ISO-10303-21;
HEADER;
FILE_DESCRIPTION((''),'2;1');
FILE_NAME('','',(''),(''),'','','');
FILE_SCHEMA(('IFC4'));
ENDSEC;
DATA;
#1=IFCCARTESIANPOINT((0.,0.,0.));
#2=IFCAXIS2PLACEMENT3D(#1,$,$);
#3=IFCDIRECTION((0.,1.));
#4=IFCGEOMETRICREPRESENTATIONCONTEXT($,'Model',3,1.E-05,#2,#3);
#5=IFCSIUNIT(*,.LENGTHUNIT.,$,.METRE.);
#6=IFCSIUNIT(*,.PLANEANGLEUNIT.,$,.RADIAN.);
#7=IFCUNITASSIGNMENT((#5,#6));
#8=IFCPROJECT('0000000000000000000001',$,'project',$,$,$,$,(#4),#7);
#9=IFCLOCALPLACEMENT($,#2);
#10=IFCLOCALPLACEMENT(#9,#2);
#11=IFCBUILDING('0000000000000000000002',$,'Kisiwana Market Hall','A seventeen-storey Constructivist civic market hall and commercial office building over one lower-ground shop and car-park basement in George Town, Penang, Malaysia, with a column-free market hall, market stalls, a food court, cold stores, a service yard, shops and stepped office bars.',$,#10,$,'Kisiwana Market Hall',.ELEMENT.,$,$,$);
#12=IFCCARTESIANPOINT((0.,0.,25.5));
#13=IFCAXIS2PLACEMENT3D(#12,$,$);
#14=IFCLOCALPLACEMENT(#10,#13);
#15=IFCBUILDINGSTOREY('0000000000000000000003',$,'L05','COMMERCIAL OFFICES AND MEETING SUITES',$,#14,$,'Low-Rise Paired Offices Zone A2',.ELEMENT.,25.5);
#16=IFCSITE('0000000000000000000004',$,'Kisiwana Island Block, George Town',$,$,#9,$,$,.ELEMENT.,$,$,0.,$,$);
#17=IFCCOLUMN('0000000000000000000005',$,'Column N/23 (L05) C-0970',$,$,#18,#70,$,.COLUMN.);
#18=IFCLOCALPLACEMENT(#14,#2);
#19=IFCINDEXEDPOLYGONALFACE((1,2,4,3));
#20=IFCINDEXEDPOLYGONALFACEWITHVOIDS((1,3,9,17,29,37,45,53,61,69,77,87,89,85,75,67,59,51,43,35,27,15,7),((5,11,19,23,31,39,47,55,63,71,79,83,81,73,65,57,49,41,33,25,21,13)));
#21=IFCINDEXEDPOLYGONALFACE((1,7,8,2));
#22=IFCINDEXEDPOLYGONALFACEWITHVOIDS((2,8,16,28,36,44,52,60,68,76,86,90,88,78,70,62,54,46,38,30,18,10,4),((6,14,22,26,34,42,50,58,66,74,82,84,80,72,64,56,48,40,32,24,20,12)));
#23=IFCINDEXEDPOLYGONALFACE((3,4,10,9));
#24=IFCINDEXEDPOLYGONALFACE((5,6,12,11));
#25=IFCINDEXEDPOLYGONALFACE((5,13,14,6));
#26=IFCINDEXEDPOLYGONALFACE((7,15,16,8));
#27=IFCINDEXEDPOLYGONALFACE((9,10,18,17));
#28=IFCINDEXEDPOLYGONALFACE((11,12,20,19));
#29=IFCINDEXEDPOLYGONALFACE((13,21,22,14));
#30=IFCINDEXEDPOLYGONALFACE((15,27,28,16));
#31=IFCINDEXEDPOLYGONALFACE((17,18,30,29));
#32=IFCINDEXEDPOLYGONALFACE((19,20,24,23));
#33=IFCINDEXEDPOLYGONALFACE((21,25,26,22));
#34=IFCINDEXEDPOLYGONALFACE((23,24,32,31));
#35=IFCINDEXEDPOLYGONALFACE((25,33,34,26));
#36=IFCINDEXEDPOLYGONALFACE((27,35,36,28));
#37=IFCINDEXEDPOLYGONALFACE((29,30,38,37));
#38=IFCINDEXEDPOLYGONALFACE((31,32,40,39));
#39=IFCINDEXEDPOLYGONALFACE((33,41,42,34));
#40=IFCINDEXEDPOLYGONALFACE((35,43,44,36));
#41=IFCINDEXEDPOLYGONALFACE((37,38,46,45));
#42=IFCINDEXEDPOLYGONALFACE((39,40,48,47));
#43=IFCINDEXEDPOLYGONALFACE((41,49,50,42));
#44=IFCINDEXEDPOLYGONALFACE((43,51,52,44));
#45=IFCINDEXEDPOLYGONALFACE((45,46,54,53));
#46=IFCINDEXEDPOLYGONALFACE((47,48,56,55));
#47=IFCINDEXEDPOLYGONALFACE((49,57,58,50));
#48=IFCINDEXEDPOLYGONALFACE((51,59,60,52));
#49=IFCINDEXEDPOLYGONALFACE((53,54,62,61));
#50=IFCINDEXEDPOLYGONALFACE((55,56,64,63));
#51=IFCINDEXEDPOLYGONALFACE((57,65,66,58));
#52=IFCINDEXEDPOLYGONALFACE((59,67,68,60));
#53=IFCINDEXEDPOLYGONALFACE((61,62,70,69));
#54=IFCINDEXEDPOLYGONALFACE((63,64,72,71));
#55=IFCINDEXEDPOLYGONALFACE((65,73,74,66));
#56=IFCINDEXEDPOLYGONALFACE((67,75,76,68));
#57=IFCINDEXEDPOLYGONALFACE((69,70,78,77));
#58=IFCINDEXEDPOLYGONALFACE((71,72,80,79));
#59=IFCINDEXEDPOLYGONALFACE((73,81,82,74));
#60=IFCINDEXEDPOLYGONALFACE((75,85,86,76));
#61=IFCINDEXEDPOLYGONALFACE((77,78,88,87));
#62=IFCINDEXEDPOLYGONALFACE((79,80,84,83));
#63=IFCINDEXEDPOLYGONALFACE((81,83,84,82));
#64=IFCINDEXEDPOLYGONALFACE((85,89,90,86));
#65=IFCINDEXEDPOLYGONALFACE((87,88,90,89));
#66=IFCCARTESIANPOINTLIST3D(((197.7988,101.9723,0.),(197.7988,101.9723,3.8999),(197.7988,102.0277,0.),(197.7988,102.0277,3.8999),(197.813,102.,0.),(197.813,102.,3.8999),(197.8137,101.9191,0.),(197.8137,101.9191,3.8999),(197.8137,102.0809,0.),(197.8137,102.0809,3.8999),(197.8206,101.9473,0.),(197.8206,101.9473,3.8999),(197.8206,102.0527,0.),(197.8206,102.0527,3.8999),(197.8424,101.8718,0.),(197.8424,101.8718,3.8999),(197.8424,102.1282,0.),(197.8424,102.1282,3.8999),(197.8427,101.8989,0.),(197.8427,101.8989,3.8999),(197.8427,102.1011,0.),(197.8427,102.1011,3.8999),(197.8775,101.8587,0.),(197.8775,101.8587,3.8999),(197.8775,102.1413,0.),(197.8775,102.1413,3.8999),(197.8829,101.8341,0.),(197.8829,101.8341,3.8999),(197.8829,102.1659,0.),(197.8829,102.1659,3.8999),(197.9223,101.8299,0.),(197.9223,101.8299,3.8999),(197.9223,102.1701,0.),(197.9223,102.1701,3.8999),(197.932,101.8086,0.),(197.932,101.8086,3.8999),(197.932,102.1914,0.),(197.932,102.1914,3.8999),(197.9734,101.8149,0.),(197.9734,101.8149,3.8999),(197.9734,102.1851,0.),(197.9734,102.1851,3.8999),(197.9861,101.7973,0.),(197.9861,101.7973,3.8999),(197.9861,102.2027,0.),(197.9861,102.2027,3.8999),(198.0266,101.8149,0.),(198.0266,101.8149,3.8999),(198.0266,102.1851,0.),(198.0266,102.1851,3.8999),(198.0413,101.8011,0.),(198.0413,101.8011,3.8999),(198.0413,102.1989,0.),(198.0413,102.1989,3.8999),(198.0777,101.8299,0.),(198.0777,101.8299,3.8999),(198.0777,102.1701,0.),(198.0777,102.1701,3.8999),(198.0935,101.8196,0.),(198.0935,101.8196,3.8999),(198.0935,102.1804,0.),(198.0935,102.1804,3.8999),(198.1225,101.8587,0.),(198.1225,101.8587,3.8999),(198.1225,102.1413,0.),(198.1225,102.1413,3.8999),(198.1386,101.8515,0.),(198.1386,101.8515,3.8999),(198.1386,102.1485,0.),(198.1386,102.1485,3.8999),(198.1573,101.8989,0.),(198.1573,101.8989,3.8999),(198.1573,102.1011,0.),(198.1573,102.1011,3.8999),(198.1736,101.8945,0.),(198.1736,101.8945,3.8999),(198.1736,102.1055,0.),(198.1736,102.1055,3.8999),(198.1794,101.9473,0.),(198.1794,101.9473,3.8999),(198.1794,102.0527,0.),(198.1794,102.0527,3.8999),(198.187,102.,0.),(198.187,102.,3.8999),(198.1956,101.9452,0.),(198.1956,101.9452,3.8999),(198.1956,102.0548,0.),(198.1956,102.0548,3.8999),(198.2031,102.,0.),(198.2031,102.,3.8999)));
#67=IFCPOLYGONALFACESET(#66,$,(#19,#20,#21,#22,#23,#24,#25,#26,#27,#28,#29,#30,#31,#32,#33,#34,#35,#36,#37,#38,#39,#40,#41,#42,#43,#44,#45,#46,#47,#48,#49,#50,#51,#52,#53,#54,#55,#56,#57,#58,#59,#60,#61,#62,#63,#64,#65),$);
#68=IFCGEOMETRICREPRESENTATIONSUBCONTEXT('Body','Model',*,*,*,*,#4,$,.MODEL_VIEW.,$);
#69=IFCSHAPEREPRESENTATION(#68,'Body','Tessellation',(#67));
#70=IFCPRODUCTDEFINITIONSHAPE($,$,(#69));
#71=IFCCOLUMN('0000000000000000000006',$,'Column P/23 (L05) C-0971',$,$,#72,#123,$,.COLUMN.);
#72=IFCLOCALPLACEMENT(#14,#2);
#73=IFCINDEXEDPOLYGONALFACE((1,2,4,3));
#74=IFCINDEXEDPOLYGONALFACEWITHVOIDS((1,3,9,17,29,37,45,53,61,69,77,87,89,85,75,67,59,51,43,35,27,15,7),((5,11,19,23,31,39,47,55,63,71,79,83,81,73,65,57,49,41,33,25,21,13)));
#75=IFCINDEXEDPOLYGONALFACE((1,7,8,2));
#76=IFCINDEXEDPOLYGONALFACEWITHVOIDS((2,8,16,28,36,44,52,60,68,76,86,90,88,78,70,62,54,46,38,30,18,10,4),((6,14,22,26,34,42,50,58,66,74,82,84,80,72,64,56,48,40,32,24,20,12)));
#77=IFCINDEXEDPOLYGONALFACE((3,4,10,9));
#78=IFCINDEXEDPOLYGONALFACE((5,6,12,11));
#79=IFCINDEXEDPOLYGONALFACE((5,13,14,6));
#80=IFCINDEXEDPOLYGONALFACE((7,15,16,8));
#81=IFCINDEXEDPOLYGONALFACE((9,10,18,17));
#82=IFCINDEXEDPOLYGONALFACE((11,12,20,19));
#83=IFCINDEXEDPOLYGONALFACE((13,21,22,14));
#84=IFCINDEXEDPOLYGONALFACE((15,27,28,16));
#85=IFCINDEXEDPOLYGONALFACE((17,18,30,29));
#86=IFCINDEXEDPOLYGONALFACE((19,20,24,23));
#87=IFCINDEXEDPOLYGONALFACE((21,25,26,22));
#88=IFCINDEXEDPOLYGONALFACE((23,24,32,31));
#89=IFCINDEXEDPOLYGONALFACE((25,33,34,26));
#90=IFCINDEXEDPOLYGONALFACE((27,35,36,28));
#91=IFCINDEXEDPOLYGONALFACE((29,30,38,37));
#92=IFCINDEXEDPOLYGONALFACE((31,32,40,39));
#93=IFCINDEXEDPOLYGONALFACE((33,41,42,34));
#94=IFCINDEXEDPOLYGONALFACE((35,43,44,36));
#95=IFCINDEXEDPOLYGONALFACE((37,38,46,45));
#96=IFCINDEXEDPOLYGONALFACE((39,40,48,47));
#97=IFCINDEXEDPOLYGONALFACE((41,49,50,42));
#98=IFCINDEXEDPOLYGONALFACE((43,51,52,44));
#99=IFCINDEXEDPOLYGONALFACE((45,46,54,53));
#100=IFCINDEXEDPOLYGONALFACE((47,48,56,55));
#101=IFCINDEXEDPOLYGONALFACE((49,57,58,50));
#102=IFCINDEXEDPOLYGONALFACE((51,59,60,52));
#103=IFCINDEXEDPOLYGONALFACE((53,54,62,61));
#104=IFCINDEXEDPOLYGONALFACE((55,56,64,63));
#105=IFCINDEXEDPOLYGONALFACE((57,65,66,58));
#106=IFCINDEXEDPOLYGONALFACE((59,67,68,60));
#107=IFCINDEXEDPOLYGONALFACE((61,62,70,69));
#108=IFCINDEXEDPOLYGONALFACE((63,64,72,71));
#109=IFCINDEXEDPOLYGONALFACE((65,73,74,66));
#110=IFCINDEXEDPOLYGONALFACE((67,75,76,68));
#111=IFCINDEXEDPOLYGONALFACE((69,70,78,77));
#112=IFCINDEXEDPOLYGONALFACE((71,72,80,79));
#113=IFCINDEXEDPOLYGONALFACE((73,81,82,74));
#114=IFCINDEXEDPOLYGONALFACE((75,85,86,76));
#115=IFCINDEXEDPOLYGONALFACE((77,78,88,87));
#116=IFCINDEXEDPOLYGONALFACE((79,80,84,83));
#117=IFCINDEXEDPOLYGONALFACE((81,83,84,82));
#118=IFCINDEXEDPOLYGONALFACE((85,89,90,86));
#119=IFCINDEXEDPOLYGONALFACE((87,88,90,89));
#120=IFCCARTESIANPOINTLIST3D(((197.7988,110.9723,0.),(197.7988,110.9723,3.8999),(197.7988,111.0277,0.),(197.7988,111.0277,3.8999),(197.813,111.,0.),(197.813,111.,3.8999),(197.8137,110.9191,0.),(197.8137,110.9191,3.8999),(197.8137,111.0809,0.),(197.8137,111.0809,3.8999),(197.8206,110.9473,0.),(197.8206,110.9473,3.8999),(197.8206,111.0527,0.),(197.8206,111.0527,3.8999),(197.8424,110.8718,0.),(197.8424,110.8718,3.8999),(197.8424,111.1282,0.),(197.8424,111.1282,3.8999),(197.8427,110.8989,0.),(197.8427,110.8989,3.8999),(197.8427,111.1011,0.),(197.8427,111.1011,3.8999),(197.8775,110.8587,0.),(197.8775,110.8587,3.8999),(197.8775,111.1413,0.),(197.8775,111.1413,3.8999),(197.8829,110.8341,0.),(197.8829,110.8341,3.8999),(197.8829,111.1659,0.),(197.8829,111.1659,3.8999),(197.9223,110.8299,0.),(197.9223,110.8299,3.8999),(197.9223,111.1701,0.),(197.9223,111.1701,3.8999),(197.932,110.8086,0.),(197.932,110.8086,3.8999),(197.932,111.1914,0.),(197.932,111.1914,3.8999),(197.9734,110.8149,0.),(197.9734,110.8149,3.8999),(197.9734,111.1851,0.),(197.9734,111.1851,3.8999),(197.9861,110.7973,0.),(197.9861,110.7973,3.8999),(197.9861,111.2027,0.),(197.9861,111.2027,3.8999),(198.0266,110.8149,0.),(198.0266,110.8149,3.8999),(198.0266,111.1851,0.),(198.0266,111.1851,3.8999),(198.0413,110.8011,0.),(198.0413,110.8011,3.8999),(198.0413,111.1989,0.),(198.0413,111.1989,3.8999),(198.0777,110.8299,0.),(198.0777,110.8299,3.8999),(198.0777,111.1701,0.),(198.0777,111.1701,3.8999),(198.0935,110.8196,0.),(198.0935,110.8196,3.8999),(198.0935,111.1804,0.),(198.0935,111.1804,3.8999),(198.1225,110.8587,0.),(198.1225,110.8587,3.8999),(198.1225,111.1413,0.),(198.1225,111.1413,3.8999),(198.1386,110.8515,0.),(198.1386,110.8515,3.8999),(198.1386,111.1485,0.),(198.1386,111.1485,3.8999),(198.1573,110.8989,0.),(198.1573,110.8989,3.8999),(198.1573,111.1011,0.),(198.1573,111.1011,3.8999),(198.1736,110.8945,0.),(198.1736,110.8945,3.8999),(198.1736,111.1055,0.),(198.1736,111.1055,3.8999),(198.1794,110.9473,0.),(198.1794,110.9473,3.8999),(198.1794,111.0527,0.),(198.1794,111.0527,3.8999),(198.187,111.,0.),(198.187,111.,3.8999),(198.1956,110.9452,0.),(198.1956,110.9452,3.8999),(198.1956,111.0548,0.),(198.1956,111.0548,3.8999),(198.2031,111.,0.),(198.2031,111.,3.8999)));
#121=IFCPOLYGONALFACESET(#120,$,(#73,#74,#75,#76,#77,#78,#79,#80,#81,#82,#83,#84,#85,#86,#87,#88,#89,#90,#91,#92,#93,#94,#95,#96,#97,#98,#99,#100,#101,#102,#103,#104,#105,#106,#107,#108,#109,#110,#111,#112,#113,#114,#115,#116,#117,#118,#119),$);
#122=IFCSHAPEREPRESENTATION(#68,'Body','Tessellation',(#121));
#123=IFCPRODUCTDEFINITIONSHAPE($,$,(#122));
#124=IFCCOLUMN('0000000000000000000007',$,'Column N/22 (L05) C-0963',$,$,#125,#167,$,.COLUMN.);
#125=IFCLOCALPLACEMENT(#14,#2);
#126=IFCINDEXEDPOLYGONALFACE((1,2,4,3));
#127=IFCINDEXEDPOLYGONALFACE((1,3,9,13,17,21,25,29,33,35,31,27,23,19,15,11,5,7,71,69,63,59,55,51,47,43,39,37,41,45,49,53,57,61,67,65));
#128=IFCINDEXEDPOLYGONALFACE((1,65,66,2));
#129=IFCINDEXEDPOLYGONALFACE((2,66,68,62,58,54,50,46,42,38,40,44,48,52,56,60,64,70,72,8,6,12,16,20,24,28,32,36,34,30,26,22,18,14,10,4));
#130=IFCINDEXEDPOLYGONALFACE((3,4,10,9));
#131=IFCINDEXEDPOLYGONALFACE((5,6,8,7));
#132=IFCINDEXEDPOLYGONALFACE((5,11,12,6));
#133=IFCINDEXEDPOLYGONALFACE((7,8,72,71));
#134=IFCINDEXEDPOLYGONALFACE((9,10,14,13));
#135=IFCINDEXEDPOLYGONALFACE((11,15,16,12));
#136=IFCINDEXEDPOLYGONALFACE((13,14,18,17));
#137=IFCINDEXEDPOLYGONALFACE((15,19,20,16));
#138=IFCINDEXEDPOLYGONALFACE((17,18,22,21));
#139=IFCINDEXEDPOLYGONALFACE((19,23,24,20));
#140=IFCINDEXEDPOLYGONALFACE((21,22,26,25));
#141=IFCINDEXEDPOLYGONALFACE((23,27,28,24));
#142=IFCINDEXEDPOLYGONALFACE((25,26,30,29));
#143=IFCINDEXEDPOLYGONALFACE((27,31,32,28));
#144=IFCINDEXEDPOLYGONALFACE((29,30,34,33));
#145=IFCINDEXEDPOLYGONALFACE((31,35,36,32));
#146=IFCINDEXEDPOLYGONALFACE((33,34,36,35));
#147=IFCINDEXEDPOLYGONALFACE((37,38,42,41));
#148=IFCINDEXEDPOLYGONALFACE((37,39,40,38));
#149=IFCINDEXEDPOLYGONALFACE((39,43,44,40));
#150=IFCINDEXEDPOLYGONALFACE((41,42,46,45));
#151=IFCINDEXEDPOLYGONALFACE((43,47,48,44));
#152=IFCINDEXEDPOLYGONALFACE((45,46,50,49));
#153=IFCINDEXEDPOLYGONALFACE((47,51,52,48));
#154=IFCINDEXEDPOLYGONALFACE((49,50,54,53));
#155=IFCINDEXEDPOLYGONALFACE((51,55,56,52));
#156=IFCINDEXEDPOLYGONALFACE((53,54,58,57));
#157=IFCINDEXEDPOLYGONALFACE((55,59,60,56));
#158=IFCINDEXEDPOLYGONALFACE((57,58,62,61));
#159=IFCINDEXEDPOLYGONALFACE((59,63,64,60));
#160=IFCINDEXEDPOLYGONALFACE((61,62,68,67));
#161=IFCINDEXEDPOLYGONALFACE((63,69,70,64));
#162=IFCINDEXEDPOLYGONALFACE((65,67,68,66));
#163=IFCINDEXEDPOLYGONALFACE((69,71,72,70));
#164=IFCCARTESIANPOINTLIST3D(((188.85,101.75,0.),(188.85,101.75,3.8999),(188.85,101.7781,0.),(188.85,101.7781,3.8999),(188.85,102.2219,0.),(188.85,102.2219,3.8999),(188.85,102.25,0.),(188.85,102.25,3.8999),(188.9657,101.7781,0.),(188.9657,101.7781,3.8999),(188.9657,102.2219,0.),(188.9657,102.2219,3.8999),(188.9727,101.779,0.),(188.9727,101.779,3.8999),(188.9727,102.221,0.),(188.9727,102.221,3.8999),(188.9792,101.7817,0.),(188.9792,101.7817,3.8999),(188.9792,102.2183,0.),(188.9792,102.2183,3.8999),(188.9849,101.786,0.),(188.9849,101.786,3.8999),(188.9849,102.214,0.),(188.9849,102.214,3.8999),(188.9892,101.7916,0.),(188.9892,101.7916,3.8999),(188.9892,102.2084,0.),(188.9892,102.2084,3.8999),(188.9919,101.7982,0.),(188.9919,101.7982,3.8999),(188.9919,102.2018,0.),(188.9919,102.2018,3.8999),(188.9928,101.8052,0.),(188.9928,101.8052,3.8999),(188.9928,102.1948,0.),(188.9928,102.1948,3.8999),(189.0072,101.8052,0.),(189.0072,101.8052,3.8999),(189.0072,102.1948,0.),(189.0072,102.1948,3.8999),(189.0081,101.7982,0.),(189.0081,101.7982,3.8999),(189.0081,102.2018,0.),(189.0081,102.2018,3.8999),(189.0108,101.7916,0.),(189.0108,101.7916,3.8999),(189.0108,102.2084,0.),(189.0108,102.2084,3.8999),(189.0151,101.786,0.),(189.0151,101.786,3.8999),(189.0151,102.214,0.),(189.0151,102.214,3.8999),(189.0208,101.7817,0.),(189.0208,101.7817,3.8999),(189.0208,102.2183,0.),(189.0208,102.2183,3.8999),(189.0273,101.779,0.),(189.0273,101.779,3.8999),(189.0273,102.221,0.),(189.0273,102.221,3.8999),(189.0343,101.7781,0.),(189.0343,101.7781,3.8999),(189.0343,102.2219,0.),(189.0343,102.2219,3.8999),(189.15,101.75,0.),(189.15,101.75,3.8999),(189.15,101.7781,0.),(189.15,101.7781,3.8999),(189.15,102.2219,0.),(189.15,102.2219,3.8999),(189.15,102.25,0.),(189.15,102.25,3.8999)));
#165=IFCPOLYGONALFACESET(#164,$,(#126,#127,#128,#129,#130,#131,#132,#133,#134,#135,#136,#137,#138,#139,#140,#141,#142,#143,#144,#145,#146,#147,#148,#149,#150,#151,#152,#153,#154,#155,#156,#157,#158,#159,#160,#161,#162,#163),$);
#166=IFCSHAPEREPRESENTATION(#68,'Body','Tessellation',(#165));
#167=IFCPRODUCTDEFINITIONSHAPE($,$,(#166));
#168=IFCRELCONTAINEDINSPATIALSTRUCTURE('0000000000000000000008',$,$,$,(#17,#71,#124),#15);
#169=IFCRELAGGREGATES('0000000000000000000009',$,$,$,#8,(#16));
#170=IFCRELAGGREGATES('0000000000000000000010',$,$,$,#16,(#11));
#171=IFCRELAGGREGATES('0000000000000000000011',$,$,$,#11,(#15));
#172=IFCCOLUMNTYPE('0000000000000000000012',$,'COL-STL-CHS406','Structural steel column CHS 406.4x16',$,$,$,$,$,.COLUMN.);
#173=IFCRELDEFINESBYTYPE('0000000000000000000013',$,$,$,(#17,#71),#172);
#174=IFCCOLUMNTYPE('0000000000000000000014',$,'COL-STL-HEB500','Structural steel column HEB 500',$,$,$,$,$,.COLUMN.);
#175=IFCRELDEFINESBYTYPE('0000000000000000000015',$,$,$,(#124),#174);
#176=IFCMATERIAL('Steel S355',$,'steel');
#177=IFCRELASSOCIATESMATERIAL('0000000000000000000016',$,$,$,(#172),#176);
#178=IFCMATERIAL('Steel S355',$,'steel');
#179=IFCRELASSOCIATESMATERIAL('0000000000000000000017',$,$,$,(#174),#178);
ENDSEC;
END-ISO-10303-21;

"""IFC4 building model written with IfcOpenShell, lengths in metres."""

from ifc_helpers import new_model, si_unit, direction, frame, origin, origin_2d, place, context, subcontext, project, spatial, hollow_circle, i_section, extrude, material, material_profile, profile_set, type_object, element, save


model = new_model("IFC4")

# Units and contexts
model_context = context("Model", 3, precision=1e-05, world=origin(), true_north=direction((0.0, 1.0)))
body_context = subcontext(model_context, "Body", "Model", "MODEL_VIEW")
ifc_project = project(units=[si_unit("LENGTHUNIT", "METRE"), si_unit("PLANEANGLEUNIT", "RADIAN")], contexts=[model_context])

# Site, building, storey
site_placement = place(None, origin())
site = spatial("IfcSite", under=ifc_project, at=site_placement, Name="Kisiwana Island Block, George Town", CompositionType="ELEMENT", RefElevation=0.0)
building_placement = place(site_placement, origin())
building = spatial("IfcBuilding", under=site, at=building_placement, Name="Kisiwana Market Hall", Description="A seventeen-storey Constructivist civic market hall and commercial office building over one lower-ground shop and car-park basement in George Town, Penang, Malaysia, with a column-free market hall, market stalls, a food court, cold stores, a service yard, shops and stepped office bars.", LongName="Kisiwana Market Hall", CompositionType="ELEMENT")
storey_placement = place(building_placement, frame((0.0, 0.0, 25.5)))
storey = spatial("IfcBuildingStorey", under=building, at=storey_placement, Name="L05", Description="COMMERCIAL OFFICES AND MEETING SUITES", LongName="Low-Rise Paired Offices Zone A2", CompositionType="ELEMENT", Elevation=25.5)

# Columns
ifc_material_1 = material(Name="Steel S355", Category="steel")
ifc_material_profile_1 = material_profile(ifc_material_1, hollow_circle(Radius=0.2031, WallThickness=0.0161, at=origin_2d()), Name="CHS 406.4x16")
ifc_profile_set_1 = profile_set([ifc_material_profile_1], Name="Steel S355")
column_type_1 = type_object("IfcColumnType", Name="COL-STL-CHS406", Description="Structural steel column CHS 406.4x16", PredefinedType="COLUMN", material=ifc_profile_set_1)
for number, where, z_axis, x_axis, name in (
    (1, (198.0, 102.0, 0.0), (0.0, 0.0, 1.0), (1.0, 0.0, 0.0), "Column N/23 (L05) C-0970"),
    (2, (198.0, 111.0, 0.0), (0.0, 0.0, 1.0), (1.0, 0.0, 0.0), "Column P/23 (L05) C-0971"),
):
    element("IfcColumn", number, at=place(storey_placement, frame(where, z_axis=z_axis, x_axis=x_axis)), inside=storey, type_object=column_type_1, Name=name, PredefinedType="COLUMN", context=body_context, shape_type="SweptSolid", body=[
        extrude(hollow_circle(Radius=0.2031, WallThickness=0.0161, at=origin_2d()), origin(), (0.0, 0.0, 1.0), 3.8999),
    ])
ifc_material_2 = material(Name="Steel S355", Category="steel")
ifc_material_profile_2 = material_profile(ifc_material_2, i_section(OverallWidth=0.3, OverallDepth=0.5, WebThickness=0.0144, FlangeThickness=0.0281, FilletRadius=0.0271, at=origin_2d()), Name="HEB 500")
ifc_profile_set_2 = profile_set([ifc_material_profile_2], Name="Steel S355")
column_type_2 = type_object("IfcColumnType", Name="COL-STL-HEB500", Description="Structural steel column HEB 500", PredefinedType="COLUMN", material=ifc_profile_set_2)
for number, where, z_axis, x_axis, name in (
    (3, (189.0, 102.0, 0.0), (0.0, 0.0, 1.0), (1.0, 0.0, 0.0), "Column N/22 (L05) C-0963"),
):
    element("IfcColumn", number, at=place(storey_placement, frame(where, z_axis=z_axis, x_axis=x_axis)), inside=storey, type_object=column_type_2, Name=name, PredefinedType="COLUMN", context=body_context, shape_type="SweptSolid", body=[
        extrude(i_section(OverallWidth=0.3, OverallDepth=0.5, WebThickness=0.0144, FlangeThickness=0.0281, FilletRadius=0.0271, at=origin_2d()), origin(), (0.0, 0.0, 1.0), 3.8999),
    ])

save(model, "model.ifc")
